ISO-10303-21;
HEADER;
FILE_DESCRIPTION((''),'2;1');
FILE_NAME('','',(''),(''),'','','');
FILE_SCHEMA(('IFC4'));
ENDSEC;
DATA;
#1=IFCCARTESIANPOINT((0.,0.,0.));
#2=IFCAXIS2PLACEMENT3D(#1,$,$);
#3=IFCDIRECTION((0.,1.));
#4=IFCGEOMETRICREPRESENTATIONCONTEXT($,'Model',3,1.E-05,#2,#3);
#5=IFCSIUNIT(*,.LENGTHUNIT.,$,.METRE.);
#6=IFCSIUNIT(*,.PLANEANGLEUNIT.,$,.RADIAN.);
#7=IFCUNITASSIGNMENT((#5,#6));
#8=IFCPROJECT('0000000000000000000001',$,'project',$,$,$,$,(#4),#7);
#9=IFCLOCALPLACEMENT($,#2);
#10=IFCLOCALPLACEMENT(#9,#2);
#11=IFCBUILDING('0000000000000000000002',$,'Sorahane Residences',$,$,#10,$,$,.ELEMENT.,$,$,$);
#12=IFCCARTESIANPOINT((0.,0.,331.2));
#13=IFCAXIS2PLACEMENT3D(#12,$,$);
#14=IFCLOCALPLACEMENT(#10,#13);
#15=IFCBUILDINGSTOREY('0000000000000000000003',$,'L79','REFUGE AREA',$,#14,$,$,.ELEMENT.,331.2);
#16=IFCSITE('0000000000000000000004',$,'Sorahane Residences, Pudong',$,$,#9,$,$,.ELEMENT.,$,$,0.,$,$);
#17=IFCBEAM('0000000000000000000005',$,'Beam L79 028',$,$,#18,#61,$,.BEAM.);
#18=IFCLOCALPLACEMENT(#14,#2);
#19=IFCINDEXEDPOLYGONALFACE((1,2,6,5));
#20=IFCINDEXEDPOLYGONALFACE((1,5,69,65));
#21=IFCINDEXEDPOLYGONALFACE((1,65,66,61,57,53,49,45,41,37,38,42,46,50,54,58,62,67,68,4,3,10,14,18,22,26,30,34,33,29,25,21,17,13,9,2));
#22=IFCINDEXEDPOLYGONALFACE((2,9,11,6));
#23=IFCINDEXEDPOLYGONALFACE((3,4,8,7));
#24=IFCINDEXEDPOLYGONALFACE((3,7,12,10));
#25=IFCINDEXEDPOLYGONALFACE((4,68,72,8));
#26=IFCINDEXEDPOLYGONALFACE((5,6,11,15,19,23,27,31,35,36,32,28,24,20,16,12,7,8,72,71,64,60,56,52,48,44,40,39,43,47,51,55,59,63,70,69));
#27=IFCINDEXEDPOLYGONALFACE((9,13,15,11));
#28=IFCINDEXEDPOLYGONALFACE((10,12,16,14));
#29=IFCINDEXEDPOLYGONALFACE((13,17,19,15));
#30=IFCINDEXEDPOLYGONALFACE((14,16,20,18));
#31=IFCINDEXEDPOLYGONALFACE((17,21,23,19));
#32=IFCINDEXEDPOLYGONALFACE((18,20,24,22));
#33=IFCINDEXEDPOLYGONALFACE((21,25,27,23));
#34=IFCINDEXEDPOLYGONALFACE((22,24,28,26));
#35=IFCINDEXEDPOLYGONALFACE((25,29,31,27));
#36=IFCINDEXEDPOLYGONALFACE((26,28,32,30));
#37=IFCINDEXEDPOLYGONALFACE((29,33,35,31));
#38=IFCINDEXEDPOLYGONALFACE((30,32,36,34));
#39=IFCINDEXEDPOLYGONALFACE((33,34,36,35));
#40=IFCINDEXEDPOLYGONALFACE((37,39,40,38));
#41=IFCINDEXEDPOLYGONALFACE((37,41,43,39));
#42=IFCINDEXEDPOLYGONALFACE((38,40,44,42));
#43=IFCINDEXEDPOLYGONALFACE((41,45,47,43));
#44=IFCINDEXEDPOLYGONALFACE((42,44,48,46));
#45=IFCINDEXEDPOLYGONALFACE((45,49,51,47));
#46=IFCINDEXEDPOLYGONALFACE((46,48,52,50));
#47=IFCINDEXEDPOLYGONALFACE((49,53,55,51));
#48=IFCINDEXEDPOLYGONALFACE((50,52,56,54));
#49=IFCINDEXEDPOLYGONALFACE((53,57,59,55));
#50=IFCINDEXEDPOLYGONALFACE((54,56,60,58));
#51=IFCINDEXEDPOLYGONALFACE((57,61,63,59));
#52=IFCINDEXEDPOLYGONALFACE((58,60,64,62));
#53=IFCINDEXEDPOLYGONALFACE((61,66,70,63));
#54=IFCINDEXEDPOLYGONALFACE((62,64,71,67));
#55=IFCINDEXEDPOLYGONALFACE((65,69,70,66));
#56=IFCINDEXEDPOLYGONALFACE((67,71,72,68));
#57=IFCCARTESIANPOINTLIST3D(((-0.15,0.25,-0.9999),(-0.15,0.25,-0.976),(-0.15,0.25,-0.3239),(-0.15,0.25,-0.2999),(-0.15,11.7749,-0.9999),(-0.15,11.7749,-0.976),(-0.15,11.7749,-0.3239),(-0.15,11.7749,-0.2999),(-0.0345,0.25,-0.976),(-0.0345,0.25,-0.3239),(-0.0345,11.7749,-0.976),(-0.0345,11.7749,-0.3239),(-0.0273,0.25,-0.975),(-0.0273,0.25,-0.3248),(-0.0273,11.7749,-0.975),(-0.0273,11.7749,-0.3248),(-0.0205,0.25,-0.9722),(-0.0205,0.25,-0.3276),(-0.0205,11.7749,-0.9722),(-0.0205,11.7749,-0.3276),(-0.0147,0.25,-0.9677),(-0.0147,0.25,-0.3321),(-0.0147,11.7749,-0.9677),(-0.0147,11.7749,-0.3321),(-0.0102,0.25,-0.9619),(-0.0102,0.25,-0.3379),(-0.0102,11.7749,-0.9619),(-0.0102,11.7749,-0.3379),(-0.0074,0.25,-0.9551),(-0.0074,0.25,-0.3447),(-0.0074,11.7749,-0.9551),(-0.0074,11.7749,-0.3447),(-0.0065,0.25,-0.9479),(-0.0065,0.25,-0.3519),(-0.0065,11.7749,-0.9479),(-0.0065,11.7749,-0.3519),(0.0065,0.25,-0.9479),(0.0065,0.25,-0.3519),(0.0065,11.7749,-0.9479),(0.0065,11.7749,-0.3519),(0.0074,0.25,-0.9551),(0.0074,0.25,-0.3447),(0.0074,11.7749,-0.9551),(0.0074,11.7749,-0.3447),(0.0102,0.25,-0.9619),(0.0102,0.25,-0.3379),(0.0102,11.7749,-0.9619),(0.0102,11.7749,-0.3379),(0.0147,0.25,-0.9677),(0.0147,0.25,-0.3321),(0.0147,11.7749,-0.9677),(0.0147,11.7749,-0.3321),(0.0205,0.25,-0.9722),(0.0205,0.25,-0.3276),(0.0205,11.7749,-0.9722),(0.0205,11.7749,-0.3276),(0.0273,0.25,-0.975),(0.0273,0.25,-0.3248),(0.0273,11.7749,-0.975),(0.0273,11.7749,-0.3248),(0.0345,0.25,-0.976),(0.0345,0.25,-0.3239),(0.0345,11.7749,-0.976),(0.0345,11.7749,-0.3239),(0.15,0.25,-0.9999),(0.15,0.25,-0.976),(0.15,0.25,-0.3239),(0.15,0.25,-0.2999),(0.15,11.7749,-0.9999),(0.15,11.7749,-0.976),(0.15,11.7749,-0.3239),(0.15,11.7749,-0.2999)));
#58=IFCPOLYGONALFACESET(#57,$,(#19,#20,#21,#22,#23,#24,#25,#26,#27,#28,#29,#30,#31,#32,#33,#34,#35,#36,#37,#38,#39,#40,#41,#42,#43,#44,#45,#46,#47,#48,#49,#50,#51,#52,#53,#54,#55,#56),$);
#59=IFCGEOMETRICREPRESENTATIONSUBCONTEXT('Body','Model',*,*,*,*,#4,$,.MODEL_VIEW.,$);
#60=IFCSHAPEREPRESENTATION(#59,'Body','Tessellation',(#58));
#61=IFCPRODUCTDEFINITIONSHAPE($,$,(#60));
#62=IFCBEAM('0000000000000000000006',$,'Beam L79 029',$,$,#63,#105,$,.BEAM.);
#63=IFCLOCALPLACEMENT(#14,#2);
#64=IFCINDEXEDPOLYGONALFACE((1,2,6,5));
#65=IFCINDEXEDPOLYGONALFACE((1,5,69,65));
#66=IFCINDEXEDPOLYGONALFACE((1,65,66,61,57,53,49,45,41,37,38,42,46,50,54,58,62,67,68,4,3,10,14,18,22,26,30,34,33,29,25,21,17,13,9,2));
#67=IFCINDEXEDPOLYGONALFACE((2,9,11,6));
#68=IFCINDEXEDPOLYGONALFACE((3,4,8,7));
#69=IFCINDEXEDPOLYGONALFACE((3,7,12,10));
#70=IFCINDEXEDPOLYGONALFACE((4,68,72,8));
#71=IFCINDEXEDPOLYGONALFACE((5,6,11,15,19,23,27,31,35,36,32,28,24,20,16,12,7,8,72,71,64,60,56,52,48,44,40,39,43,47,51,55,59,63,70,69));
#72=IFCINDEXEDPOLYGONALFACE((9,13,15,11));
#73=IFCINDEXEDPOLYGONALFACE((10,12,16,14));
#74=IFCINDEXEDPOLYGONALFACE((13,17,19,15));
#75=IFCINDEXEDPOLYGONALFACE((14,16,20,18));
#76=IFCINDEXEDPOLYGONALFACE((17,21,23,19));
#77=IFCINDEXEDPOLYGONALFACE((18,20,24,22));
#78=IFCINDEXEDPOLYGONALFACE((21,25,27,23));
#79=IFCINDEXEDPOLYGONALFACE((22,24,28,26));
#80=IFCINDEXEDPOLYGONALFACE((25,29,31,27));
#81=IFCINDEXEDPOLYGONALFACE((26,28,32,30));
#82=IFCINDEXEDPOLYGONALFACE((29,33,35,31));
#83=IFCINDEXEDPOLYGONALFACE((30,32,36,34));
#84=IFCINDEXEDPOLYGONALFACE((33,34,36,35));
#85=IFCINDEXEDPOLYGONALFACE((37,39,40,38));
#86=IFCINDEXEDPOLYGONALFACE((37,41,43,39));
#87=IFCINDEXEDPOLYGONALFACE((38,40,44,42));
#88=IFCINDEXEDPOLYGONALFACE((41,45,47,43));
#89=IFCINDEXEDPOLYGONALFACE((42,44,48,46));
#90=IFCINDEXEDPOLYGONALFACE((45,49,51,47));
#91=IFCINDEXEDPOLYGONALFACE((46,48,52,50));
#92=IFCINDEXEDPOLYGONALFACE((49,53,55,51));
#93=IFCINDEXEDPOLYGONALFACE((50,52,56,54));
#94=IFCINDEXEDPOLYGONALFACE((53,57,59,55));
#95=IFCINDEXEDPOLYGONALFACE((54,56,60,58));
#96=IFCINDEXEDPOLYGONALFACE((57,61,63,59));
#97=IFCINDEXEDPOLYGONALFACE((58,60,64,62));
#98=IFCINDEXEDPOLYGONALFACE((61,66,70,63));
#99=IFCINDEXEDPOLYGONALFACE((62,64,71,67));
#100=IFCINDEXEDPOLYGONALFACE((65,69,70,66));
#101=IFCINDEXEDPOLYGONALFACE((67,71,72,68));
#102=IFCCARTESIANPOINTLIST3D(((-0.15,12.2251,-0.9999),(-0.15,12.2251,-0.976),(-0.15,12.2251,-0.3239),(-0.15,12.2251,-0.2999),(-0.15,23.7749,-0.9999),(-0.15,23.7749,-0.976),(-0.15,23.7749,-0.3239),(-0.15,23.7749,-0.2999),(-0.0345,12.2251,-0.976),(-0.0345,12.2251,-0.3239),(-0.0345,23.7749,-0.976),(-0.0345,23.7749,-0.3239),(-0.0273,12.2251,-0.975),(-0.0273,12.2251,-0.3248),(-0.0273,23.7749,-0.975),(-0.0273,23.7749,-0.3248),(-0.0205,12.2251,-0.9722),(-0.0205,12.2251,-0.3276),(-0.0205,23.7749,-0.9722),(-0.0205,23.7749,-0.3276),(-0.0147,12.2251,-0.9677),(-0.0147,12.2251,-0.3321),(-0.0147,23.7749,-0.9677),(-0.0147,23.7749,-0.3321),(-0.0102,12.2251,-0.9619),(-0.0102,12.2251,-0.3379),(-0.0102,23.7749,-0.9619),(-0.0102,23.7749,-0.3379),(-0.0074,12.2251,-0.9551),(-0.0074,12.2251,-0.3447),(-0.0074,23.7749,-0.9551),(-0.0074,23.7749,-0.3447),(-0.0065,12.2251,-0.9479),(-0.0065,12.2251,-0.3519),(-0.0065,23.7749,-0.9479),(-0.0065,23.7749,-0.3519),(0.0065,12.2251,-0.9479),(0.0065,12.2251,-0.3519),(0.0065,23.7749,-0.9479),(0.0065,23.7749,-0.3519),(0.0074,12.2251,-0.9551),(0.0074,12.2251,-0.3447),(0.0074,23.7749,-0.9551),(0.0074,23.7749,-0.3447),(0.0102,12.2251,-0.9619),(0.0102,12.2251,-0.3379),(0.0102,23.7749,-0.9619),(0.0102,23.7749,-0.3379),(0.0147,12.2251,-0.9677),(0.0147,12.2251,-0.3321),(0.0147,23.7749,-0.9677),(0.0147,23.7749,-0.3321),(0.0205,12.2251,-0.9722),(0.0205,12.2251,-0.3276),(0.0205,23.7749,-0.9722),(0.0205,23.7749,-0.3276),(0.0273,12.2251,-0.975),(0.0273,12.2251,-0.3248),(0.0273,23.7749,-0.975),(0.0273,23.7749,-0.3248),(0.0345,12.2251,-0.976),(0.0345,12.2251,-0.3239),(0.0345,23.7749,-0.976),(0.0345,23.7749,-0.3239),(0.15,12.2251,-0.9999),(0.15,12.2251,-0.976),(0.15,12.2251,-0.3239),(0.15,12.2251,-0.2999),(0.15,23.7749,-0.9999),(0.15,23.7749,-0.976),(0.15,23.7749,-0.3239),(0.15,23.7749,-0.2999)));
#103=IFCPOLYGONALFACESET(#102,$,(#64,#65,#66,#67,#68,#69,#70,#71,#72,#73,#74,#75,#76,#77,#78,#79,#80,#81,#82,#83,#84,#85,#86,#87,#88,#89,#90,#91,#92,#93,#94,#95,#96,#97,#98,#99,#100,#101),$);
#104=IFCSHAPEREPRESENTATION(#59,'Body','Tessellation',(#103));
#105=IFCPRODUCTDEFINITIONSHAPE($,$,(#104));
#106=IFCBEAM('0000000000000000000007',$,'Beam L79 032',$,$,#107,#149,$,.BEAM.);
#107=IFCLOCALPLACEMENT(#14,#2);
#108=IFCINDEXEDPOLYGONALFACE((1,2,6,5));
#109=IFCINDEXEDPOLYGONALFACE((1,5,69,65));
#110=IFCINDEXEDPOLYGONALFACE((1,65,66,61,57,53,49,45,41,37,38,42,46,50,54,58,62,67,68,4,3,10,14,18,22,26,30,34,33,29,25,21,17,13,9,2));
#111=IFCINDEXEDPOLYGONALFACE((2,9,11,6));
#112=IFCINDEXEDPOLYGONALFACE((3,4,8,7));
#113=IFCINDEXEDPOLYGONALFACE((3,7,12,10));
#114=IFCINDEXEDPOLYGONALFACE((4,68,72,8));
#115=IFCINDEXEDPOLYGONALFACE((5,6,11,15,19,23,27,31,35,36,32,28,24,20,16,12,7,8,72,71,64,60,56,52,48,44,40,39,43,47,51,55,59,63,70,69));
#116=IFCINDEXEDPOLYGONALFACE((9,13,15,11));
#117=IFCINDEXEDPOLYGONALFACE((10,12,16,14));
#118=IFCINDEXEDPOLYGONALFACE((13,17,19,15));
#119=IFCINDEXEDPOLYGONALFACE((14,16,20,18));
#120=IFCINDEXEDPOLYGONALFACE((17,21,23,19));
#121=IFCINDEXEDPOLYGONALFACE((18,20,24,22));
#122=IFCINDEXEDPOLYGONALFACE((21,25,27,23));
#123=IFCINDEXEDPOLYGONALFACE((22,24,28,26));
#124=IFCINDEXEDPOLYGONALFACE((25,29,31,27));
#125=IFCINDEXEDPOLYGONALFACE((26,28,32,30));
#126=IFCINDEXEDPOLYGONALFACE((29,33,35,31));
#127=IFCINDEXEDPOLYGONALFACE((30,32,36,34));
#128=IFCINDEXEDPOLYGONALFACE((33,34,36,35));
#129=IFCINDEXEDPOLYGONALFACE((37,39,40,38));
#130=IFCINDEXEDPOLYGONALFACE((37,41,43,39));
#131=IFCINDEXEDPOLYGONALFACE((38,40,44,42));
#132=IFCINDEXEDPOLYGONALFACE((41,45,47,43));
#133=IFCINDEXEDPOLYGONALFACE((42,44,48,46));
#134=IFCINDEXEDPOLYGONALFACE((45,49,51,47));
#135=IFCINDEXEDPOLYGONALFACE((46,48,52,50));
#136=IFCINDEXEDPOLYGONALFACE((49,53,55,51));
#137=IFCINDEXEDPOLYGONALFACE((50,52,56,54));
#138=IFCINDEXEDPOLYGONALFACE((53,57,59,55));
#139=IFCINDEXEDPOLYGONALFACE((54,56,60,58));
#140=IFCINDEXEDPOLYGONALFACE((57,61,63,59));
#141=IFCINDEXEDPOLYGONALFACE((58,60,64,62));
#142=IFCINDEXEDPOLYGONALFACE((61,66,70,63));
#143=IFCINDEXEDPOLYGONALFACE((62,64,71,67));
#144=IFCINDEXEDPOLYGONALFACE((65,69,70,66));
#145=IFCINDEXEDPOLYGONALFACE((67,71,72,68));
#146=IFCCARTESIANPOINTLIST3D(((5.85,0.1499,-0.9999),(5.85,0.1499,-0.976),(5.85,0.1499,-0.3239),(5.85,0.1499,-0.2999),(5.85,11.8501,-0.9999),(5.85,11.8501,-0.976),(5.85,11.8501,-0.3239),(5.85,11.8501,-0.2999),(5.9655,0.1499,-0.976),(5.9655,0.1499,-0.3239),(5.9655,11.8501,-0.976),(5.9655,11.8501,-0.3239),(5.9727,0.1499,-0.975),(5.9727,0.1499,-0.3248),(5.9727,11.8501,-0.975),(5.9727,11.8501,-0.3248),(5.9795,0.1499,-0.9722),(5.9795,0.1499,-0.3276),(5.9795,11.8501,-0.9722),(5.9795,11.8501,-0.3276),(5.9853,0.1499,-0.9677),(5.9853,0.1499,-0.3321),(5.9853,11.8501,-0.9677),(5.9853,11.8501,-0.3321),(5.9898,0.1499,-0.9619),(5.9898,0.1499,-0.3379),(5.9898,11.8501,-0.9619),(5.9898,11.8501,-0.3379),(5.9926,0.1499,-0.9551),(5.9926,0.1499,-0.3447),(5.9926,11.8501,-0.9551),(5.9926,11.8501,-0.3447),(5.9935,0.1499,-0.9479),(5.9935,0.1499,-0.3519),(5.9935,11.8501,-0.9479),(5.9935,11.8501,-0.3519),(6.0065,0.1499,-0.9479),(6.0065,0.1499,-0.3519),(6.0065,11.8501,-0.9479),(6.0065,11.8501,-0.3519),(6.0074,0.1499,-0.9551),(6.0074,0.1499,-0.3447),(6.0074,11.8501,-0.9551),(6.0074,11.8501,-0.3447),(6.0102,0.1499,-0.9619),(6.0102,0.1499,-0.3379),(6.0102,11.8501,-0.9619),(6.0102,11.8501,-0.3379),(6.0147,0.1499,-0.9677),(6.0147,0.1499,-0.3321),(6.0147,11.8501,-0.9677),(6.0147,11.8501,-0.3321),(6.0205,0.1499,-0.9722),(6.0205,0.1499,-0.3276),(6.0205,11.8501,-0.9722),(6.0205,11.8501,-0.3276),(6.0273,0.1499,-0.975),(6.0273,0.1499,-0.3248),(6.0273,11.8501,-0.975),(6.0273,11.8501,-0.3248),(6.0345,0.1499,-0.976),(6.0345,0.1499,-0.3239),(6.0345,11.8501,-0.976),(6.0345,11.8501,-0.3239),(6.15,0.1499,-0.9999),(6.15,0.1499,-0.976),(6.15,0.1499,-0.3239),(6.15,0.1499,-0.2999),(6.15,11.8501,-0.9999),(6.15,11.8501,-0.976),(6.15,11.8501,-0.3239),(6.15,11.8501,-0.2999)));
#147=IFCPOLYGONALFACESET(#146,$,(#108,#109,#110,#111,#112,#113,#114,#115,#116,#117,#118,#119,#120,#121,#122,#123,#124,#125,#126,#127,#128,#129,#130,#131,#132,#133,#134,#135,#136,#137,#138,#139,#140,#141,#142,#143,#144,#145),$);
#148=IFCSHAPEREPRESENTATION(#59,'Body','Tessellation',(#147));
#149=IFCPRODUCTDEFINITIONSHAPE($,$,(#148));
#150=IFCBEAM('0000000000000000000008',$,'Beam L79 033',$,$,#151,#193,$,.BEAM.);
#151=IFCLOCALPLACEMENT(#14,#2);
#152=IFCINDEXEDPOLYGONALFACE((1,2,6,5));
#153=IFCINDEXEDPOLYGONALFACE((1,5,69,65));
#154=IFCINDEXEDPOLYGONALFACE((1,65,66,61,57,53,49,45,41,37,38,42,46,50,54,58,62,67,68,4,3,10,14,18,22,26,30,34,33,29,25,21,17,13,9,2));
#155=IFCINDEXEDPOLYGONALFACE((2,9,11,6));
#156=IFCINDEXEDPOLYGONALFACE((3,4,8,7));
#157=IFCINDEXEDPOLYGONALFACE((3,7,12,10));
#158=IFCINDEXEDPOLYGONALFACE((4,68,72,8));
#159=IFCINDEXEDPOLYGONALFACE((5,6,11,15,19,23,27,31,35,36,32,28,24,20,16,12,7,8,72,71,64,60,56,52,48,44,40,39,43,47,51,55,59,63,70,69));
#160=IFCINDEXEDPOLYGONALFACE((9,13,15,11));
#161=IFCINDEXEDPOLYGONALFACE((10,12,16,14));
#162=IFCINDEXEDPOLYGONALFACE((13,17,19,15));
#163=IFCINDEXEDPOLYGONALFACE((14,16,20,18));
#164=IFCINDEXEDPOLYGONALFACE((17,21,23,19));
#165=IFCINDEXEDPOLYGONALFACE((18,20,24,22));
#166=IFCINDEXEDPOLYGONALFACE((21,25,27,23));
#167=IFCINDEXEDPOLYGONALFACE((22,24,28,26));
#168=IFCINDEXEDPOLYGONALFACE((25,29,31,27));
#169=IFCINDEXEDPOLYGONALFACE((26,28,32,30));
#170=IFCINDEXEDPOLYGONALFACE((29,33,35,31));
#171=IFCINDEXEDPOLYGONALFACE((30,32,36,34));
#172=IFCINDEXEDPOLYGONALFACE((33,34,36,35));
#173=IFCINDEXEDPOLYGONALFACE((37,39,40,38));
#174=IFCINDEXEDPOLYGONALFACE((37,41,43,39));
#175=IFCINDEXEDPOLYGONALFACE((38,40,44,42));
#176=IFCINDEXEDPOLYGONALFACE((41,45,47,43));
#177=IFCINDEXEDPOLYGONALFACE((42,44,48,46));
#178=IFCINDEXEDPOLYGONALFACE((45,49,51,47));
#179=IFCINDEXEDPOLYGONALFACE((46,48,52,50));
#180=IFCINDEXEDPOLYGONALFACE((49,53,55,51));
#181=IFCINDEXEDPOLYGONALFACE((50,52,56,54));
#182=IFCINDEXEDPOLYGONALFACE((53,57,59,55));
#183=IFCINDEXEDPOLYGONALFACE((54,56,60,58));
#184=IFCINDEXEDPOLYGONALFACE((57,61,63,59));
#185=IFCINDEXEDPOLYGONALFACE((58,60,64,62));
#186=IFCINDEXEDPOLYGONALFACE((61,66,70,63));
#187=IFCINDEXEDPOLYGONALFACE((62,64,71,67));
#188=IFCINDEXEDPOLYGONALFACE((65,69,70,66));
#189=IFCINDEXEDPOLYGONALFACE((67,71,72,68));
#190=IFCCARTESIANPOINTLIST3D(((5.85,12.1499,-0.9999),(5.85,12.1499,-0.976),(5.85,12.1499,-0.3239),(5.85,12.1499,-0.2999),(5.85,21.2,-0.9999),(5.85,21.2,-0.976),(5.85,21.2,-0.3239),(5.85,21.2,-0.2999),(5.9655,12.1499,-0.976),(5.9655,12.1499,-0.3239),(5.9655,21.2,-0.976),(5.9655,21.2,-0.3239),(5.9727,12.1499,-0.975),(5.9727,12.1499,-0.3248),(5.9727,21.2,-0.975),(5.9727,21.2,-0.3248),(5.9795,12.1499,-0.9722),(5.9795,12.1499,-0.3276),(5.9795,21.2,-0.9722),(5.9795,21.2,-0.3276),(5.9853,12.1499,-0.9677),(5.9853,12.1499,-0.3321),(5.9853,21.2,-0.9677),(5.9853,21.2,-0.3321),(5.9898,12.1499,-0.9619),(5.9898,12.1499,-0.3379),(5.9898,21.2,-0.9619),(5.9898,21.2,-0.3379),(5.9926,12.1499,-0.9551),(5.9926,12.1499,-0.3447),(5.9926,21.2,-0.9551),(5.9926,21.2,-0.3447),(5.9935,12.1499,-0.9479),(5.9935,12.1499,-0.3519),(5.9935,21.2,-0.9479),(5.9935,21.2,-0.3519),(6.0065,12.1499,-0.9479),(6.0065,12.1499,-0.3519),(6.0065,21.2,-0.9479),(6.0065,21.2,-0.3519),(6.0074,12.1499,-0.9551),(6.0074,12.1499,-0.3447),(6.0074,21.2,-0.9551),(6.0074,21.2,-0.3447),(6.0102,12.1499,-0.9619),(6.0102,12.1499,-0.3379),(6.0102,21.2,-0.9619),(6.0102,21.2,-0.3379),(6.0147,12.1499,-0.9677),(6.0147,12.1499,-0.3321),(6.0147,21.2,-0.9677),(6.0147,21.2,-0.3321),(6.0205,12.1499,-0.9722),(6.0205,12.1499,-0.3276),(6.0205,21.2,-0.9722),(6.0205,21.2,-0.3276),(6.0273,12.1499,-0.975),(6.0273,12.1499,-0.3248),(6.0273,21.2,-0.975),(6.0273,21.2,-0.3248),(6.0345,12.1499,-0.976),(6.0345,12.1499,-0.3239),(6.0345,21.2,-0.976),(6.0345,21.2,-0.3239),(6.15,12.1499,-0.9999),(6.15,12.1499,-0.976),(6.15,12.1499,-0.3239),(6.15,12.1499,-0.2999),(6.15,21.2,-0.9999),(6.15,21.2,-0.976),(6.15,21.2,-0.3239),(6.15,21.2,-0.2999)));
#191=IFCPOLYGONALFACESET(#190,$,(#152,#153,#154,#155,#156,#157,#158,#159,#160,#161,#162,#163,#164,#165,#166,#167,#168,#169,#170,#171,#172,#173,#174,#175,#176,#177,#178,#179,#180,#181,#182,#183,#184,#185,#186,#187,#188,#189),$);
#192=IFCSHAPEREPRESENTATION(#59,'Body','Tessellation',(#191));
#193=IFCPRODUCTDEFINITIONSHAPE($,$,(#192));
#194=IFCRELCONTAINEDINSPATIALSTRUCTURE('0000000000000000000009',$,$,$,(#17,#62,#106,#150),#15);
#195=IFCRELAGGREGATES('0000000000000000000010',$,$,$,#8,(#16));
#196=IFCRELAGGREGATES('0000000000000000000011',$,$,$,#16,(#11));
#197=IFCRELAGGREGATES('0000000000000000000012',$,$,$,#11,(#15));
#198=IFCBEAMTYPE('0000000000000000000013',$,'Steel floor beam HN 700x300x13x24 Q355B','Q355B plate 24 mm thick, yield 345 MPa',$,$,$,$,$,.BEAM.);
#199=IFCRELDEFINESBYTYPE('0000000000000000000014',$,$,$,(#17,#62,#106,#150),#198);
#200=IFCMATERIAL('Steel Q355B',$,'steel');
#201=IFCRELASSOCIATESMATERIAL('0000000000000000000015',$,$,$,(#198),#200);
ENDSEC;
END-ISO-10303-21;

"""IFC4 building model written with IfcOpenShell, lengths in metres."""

from ifc_helpers import new_model, si_unit, direction, frame, origin, origin_2d, place, context, subcontext, project, spatial, i_section, extrude, material, material_profile, profile_set, type_object, element, save


model = new_model("IFC4")

# Units and contexts
model_context = context("Model", 3, precision=1e-05, world=origin(), true_north=direction((0.0, 1.0)))
body_context = subcontext(model_context, "Body", "Model", "MODEL_VIEW")
ifc_project = project(units=[si_unit("LENGTHUNIT", "METRE"), si_unit("PLANEANGLEUNIT", "RADIAN")], contexts=[model_context])

# Site, building, storey
site_placement = place(None, origin())
site = spatial("IfcSite", under=ifc_project, at=site_placement, Name="Sorahane Residences, Pudong", CompositionType="ELEMENT", RefElevation=0.0)
building_placement = place(site_placement, origin())
building = spatial("IfcBuilding", under=site, at=building_placement, Name="Sorahane Residences", CompositionType="ELEMENT")
storey_placement = place(building_placement, frame((0.0, 0.0, 331.2)))
storey = spatial("IfcBuildingStorey", under=building, at=storey_placement, Name="L79", Description="REFUGE AREA", CompositionType="ELEMENT", Elevation=331.2)

# Beams
ifc_material_1 = material(Name="Steel Q355B", Category="steel")
ifc_material_profile_1 = material_profile(ifc_material_1, i_section(OverallWidth=0.3, OverallDepth=0.7, WebThickness=0.0129, FlangeThickness=0.0239, FilletRadius=0.0281, at=origin_2d()), Name="HN 700x300x13x24")
ifc_profile_set_1 = profile_set([ifc_material_profile_1], Name="Steel Q355B")
beam_type_1 = type_object("IfcBeamType", Name="Steel floor beam HN 700x300x13x24 Q355B", Description="Q355B plate 24 mm thick, yield 345 MPa", PredefinedType="BEAM", material=ifc_profile_set_1)
beam_1_placement = place(storey_placement, frame((0.0, 0.25, -0.6499), z_axis=(0.0, 1.0, 0.0), x_axis=(-1.0, 0.0, 0.0)))
element("IfcBeam", 1, at=beam_1_placement, inside=storey, type_object=beam_type_1, Name="Beam L79 028", PredefinedType="BEAM", context=body_context, shape_type="SweptSolid", body=[
    extrude(i_section(OverallWidth=0.3, OverallDepth=0.7, WebThickness=0.0129, FlangeThickness=0.0239, FilletRadius=0.0281, at=origin_2d()), origin(), (0.0, 0.0, 1.0), 11.5249),
])
beam_2_placement = place(storey_placement, frame((0.0, 12.2251, -0.6499), z_axis=(0.0, 1.0, 0.0), x_axis=(-1.0, 0.0, 0.0)))
element("IfcBeam", 2, at=beam_2_placement, inside=storey, type_object=beam_type_1, Name="Beam L79 029", PredefinedType="BEAM", context=body_context, shape_type="SweptSolid", body=[
    extrude(i_section(OverallWidth=0.3, OverallDepth=0.7, WebThickness=0.0129, FlangeThickness=0.0239, FilletRadius=0.0281, at=origin_2d()), origin(), (0.0, 0.0, 1.0), 11.5498),
])
beam_3_placement = place(storey_placement, frame((6.0, 0.1499, -0.6499), z_axis=(0.0, 1.0, 0.0), x_axis=(-1.0, 0.0, 0.0)))
element("IfcBeam", 3, at=beam_3_placement, inside=storey, type_object=beam_type_1, Name="Beam L79 032", PredefinedType="BEAM", context=body_context, shape_type="SweptSolid", body=[
    extrude(i_section(OverallWidth=0.3, OverallDepth=0.7, WebThickness=0.0129, FlangeThickness=0.0239, FilletRadius=0.0281, at=origin_2d()), origin(), (0.0, 0.0, 1.0), 11.7002),
])
beam_4_placement = place(storey_placement, frame((6.0, 12.1499, -0.6499), z_axis=(0.0, 1.0, 0.0), x_axis=(-1.0, 0.0, 0.0)))
element("IfcBeam", 4, at=beam_4_placement, inside=storey, type_object=beam_type_1, Name="Beam L79 033", PredefinedType="BEAM", context=body_context, shape_type="SweptSolid", body=[
    extrude(i_section(OverallWidth=0.3, OverallDepth=0.7, WebThickness=0.0129, FlangeThickness=0.0239, FilletRadius=0.0281, at=origin_2d()), origin(), (0.0, 0.0, 1.0), 9.05),
])

save(model, "model.ifc")
